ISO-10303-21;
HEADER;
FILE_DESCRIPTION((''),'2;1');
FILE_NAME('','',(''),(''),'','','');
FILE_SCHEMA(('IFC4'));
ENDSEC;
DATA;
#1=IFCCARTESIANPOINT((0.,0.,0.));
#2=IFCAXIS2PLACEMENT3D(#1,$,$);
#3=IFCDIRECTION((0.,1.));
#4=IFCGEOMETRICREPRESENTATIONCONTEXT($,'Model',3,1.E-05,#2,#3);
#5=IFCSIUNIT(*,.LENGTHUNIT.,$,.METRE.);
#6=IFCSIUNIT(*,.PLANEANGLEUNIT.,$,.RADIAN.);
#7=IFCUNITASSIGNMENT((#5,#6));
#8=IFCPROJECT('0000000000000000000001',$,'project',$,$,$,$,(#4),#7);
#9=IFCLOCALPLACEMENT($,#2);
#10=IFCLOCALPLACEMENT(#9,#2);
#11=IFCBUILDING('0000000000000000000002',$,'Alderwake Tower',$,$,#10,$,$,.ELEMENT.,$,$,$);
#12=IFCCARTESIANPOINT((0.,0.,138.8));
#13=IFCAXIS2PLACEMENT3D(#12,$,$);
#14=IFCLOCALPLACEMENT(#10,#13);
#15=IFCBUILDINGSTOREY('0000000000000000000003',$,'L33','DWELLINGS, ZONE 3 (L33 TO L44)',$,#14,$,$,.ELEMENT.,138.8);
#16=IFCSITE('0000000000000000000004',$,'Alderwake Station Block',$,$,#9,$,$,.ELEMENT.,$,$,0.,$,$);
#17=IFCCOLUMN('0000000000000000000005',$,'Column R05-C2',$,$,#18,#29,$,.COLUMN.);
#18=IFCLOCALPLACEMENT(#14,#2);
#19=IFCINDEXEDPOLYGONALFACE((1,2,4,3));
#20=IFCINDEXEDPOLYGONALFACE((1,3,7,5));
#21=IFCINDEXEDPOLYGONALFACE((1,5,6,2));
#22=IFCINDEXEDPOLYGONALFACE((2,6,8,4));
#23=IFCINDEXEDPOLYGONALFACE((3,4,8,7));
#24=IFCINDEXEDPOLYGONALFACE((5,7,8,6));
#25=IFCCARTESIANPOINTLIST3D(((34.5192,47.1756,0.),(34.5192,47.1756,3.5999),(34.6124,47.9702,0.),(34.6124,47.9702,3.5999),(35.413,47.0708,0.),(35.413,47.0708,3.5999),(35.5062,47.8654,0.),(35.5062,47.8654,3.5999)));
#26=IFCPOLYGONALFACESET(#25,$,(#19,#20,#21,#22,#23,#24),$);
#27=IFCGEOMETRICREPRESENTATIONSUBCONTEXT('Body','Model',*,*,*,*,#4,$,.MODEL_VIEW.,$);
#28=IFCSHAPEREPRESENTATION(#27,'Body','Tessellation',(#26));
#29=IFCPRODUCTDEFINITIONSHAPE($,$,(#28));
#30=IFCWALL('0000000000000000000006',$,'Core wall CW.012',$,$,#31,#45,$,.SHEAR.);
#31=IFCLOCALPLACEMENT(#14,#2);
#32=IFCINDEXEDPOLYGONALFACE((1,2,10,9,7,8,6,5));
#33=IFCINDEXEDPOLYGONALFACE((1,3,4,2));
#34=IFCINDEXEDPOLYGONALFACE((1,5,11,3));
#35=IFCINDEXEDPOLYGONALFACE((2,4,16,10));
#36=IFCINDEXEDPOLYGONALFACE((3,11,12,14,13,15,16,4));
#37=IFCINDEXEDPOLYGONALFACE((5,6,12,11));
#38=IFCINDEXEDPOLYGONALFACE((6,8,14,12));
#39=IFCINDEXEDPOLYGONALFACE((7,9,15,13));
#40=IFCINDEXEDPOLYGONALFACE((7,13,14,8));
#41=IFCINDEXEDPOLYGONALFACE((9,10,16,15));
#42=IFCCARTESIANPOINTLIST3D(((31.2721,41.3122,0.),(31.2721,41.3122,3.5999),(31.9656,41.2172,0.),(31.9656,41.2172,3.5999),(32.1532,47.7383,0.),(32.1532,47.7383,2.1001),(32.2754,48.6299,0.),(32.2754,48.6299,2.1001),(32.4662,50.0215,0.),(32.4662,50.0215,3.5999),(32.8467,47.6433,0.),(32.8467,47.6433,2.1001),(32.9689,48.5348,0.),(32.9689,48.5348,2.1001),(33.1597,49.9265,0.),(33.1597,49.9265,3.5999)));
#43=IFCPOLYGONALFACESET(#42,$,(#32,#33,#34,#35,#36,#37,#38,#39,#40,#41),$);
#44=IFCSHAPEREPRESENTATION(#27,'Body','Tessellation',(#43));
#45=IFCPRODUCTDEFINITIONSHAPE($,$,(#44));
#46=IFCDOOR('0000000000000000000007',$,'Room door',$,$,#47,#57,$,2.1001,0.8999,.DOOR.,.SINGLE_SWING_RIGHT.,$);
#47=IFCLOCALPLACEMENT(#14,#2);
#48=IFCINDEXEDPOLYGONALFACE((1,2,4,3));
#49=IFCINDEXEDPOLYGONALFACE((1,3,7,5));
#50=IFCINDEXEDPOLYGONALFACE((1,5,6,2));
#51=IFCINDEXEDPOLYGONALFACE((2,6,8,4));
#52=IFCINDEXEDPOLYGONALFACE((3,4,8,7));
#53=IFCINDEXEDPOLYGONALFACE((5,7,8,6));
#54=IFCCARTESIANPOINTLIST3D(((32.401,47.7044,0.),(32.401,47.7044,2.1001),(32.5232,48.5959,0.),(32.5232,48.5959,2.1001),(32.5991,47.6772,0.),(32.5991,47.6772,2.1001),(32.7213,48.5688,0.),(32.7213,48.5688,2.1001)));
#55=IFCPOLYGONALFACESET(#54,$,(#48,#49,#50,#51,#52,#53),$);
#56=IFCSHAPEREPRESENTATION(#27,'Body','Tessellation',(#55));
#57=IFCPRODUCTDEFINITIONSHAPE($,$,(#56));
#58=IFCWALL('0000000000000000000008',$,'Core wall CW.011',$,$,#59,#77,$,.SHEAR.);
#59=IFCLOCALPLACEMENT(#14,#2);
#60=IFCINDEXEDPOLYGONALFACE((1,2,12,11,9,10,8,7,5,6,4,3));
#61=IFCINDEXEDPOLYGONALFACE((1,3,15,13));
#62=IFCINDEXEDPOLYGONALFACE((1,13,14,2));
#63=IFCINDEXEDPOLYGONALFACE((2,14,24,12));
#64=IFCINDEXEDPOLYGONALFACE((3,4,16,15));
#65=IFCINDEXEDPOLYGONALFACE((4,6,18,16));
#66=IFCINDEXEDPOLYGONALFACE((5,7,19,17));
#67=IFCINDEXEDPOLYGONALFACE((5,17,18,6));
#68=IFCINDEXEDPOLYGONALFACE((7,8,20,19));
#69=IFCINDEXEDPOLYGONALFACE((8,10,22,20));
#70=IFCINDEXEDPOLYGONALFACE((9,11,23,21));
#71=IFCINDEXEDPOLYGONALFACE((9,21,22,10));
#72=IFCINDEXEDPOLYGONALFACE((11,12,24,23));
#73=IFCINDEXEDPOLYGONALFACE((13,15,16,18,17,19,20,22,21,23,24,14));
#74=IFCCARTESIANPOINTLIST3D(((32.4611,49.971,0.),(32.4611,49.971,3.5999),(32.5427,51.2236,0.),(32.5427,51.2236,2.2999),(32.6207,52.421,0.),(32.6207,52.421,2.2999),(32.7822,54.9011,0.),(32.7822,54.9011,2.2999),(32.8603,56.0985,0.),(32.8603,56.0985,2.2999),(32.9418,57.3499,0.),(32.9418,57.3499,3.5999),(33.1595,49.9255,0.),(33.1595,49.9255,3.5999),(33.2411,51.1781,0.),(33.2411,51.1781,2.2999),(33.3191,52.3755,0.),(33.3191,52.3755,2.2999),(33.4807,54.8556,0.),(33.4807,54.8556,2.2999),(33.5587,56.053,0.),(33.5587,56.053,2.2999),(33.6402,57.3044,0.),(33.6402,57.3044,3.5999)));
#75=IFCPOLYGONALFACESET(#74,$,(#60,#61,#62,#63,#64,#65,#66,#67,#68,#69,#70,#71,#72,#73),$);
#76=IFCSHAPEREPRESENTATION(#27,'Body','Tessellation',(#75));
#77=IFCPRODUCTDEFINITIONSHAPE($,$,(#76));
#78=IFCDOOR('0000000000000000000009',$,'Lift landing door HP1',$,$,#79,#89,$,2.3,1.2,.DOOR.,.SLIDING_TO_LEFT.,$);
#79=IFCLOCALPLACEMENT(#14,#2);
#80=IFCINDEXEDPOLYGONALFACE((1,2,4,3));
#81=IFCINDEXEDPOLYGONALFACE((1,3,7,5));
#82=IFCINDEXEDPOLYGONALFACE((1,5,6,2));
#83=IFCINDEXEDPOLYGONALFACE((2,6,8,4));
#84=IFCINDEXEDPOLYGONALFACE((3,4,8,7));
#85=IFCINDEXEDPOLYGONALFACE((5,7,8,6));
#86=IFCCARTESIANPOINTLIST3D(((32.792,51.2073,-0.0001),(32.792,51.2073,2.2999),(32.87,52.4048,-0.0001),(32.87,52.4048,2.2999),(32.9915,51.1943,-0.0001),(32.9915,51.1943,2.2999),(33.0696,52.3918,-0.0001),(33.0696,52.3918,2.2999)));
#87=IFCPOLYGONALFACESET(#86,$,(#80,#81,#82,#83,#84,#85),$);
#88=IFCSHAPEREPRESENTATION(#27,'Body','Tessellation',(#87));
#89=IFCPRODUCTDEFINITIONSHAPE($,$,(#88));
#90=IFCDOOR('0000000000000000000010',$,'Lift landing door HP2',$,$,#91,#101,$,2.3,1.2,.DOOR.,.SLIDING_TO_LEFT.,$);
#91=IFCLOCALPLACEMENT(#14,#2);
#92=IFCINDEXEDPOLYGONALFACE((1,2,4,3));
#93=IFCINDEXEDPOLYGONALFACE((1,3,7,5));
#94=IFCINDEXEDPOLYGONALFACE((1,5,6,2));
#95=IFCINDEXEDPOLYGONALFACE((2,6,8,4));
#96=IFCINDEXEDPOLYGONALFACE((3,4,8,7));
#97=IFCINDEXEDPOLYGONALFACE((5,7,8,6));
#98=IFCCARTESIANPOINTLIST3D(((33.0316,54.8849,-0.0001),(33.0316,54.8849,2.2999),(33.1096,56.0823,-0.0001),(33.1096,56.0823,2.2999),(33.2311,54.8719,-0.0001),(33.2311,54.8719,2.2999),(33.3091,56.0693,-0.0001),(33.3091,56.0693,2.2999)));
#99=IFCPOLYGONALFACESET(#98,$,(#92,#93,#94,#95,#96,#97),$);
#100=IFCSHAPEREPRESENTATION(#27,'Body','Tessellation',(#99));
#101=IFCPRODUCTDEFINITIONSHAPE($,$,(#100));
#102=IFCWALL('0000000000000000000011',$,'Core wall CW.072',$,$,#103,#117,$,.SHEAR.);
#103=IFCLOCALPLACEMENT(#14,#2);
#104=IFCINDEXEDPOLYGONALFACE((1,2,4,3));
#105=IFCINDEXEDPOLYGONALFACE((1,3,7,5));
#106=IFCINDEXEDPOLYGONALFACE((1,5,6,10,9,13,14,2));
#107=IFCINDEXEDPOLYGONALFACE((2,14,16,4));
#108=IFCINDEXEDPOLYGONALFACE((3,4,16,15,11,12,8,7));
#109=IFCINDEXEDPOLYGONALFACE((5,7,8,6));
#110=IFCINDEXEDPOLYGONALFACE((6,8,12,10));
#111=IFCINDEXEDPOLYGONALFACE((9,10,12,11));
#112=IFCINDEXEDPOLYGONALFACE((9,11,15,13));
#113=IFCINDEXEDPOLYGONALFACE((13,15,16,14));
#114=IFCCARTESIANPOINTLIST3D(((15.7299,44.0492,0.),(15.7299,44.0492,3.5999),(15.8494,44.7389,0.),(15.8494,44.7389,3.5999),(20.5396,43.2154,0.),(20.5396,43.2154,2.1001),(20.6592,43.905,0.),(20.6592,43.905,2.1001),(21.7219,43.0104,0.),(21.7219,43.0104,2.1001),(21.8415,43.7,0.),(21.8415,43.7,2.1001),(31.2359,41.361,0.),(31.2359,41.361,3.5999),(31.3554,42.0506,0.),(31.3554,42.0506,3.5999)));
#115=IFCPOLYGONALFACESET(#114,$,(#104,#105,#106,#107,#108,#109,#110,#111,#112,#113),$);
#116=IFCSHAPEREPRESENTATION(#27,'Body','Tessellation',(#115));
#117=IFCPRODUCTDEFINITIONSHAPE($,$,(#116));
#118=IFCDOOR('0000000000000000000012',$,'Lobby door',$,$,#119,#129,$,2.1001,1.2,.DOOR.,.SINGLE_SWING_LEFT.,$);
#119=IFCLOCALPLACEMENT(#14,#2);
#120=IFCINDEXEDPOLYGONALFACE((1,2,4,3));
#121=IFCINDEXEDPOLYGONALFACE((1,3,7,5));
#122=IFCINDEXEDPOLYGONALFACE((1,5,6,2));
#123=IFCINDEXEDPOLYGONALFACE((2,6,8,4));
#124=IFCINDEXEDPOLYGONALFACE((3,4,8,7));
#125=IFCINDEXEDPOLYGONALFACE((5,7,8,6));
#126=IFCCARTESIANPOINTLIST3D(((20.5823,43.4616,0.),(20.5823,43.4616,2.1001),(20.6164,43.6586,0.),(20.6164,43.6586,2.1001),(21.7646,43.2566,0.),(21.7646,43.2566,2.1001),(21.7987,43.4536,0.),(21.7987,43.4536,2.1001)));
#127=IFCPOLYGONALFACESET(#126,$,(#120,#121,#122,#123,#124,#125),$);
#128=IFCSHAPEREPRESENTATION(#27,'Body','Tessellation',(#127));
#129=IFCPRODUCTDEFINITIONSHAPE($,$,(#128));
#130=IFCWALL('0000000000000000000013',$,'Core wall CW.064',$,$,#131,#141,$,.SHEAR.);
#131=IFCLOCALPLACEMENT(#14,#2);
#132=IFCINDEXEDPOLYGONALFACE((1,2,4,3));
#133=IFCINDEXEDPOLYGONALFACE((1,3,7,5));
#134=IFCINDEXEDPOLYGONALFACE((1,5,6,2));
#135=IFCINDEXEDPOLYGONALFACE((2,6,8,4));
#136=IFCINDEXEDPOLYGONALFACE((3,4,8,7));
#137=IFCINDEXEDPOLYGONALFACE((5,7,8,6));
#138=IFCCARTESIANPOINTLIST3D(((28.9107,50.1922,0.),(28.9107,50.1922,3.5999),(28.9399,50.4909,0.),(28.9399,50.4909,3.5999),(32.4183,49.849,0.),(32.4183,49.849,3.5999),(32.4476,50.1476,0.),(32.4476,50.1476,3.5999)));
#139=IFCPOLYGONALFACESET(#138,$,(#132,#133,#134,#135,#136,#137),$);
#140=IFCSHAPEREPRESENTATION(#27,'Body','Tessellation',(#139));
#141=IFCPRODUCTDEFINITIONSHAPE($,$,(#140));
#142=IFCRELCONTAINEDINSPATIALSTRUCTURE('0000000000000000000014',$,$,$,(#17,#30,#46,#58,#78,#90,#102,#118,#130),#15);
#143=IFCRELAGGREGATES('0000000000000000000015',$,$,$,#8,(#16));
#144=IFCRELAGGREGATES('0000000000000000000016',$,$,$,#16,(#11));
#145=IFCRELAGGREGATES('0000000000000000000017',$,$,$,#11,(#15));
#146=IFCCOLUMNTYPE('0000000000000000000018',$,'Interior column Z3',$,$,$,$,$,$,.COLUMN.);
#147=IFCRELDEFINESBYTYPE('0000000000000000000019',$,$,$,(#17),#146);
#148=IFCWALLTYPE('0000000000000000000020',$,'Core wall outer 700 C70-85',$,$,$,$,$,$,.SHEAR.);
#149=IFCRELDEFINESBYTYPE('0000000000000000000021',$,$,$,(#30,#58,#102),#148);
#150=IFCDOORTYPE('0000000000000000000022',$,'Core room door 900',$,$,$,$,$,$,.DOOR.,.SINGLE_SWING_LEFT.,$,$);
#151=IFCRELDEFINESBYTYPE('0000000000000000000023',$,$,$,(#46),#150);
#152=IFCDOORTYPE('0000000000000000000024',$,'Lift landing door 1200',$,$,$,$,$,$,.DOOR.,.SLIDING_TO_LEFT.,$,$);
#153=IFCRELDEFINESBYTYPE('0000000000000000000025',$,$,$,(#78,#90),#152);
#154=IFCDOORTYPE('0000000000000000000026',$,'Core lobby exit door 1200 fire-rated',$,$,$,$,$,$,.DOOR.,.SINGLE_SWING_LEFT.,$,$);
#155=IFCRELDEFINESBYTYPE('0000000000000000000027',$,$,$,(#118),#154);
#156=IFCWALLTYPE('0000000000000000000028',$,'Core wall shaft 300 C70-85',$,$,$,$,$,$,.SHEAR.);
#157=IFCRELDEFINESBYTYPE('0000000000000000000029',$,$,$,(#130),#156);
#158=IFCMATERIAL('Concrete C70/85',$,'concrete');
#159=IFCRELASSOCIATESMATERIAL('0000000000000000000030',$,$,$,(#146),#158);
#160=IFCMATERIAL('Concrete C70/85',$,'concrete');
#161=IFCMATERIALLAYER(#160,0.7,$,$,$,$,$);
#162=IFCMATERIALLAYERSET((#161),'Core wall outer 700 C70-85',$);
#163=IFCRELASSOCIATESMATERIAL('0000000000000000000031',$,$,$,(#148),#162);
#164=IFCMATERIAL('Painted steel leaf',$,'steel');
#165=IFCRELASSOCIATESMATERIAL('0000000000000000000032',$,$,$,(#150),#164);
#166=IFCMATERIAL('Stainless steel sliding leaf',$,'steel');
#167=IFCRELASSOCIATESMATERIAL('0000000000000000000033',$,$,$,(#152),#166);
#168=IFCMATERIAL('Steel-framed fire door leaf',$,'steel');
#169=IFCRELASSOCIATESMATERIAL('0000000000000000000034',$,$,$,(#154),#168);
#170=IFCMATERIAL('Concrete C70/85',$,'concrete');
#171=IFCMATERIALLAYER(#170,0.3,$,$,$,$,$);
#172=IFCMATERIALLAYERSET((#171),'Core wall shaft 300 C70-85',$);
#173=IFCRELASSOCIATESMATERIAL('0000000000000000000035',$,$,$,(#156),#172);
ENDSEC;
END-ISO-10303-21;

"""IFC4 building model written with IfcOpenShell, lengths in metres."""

from ifc_helpers import new_model, si_unit, direction, frame, frame_2d, origin, origin_2d, place, context, subcontext, project, spatial, rectangle, extrude, material, layer, layer_set, material_profile, profile_set, type_object, element, fill, save


model = new_model("IFC4")

# Units and contexts
model_context = context("Model", 3, precision=1e-05, world=origin(), true_north=direction((0.0, 1.0)))
body_context = subcontext(model_context, "Body", "Model", "MODEL_VIEW")
ifc_project = project(units=[si_unit("LENGTHUNIT", "METRE"), si_unit("PLANEANGLEUNIT", "RADIAN")], contexts=[model_context])

# Site, building, storey
site_placement = place(None, origin())
site = spatial("IfcSite", under=ifc_project, at=site_placement, Name="Alderwake Station Block", CompositionType="ELEMENT", RefElevation=0.0)
building_placement = place(site_placement, origin())
building = spatial("IfcBuilding", under=site, at=building_placement, Name="Alderwake Tower", CompositionType="ELEMENT")
storey_placement = place(building_placement, frame((0.0, 0.0, 138.8)))
storey = spatial("IfcBuildingStorey", under=building, at=storey_placement, Name="L33", Description="DWELLINGS, ZONE 3 (L33 TO L44)", CompositionType="ELEMENT", Elevation=138.8)

# Column
ifc_material_1 = material(Name="Concrete C70/85", Category="concrete")
ifc_material_profile = material_profile(ifc_material_1, rectangle(XDim=0.8, YDim=0.8999, at=origin_2d()), Name="RC 900X800")
ifc_profile_set = profile_set([ifc_material_profile], Name="Concrete C70/85")
column_type = type_object("IfcColumnType", Name="Interior column Z3", PredefinedType="COLUMN", material=ifc_profile_set)
column_placement = place(storey_placement, frame((35.0127, 47.5205, 0.0), z_axis=(0.0, 0.0, 1.0), x_axis=(0.116402, 0.993202, 0.0)))
element("IfcColumn", 1, at=column_placement, inside=storey, type_object=column_type, Name="Column R05-C2", PredefinedType="COLUMN", context=body_context, shape_type="SweptSolid", body=[
    extrude(rectangle(XDim=0.8, YDim=0.8999, at=origin_2d()), origin(), (0.0, 0.0, 1.0), 3.5999),
])

# Wall, opening, door
ifc_material_2 = material(Name="Concrete C70/85", Category="concrete")
ifc_layer_1 = layer(ifc_material_2, 0.7)
ifc_layer_set_1 = layer_set([ifc_layer_1], Name="Core wall outer 700 C70-85")
wall_type_1 = type_object("IfcWallType", Name="Core wall outer 700 C70-85", PredefinedType="SHEAR", material=ifc_layer_set_1)
wall_1_placement = place(storey_placement, frame((32.813, 49.9741, 0.0), z_axis=(0.0, 0.0, 1.0), x_axis=(-0.135836, -0.990731, 0.0)))
wall_1 = element("IfcWall", 2, at=wall_1_placement, inside=storey, type_object=wall_type_1, Name="Core wall CW.012", PredefinedType="SHEAR", context=body_context, shape_type="SweptSolid", body=[
    extrude(rectangle(XDim=8.7908, YDim=0.7, at=frame_2d((4.3955, 0.0))), origin(), (0.0, 0.0, 1.0), 3.5999),
])
opening_1_placement = place(wall_1_placement, frame((1.4048, 0.0, 0.0)))
opening_1 = element("IfcOpeningElement", 3, at=opening_1_placement, cuts=wall_1, PredefinedType="OPENING", context=body_context, shape_type="SweptSolid", body=[
    extrude(rectangle(XDim=0.8999, YDim=2.1001, at=frame_2d((0.45, 1.05))), frame((0.0, 0.3599, 0.0), z_axis=(0.0, -1.0, 0.0), x_axis=(1.0, 0.0, 0.0)), (0.0, 0.0, 1.0), 0.72),
])
ifc_material_3 = material(Name="Painted steel leaf", Category="steel")
door_type_1 = type_object("IfcDoorType", Name="Core room door 900", OperationType="SINGLE_SWING_LEFT", PredefinedType="DOOR", material=ifc_material_3)
door_1_placement = place(opening_1_placement, origin())
door_1 = element("IfcDoor", 4, at=door_1_placement, inside=storey, type_object=door_type_1, Name="Room door", OperationType="SINGLE_SWING_RIGHT", OverallHeight=2.1001, OverallWidth=0.8999, PredefinedType="DOOR", context=body_context, shape_type="SweptSolid", body=[
    extrude(rectangle(XDim=0.8999, YDim=2.1001, at=frame_2d((0.45, 1.05))), frame((0.0, 0.1001, 0.0), z_axis=(0.0, -1.0, 0.0), x_axis=(1.0, 0.0, 0.0)), (0.0, 0.0, 1.0), 0.2),
])
fill(opening_1, door_1)

# Wall, openings, doors
wall_2_placement = place(storey_placement, frame((32.8103, 49.9482, 0.0), z_axis=(0.0, 0.0, 1.0), x_axis=(0.065009, 0.997885, 0.0)))
wall_2 = element("IfcWall", 5, at=wall_2_placement, inside=storey, type_object=wall_type_1, Name="Core wall CW.011", PredefinedType="SHEAR", context=body_context, shape_type="SweptSolid", body=[
    extrude(rectangle(XDim=7.3945, YDim=0.7, at=frame_2d((3.6973, 0.0))), origin(), (0.0, 0.0, 1.0), 3.5999),
])
opening_2_placement = place(wall_2_placement, frame((1.2551, 0.0, 0.0)))
opening_2 = element("IfcOpeningElement", 6, at=opening_2_placement, cuts=wall_2, PredefinedType="OPENING", context=body_context, shape_type="SweptSolid", body=[
    extrude(rectangle(XDim=1.2, YDim=2.3, at=frame_2d((0.6001, 1.1499))), frame((0.0, 0.3599, 0.0), z_axis=(0.0, -1.0, 0.0), x_axis=(1.0, 0.0, 0.0)), (0.0, 0.0, 1.0), 0.72),
])
opening_3_placement = place(wall_2_placement, frame((4.9404, 0.0, 0.0)))
opening_3 = element("IfcOpeningElement", 7, at=opening_3_placement, cuts=wall_2, PredefinedType="OPENING", context=body_context, shape_type="SweptSolid", body=[
    extrude(rectangle(XDim=1.2, YDim=2.3, at=frame_2d((0.6001, 1.1499))), frame((0.0, 0.3599, 0.0), z_axis=(0.0, -1.0, 0.0), x_axis=(1.0, 0.0, 0.0)), (0.0, 0.0, 1.0), 0.72),
])
ifc_material_4 = material(Name="Stainless steel sliding leaf", Category="steel")
door_type_2 = type_object("IfcDoorType", Name="Lift landing door 1200", OperationType="SLIDING_TO_LEFT", PredefinedType="DOOR", material=ifc_material_4)
door_2_placement = place(opening_2_placement, origin())
door_2 = element("IfcDoor", 8, at=door_2_placement, inside=storey, type_object=door_type_2, Name="Lift landing door HP1", OperationType="SLIDING_TO_LEFT", OverallHeight=2.3, OverallWidth=1.2, PredefinedType="DOOR", context=body_context, shape_type="SweptSolid", body=[
    extrude(rectangle(XDim=1.2, YDim=2.3, at=frame_2d((0.6001, 1.1499))), frame((0.0, 0.1001, 0.0), z_axis=(0.0, -1.0, 0.0), x_axis=(1.0, 0.0, 0.0)), (0.0, 0.0, 1.0), 0.2),
])
fill(opening_2, door_2)
door_3_placement = place(opening_3_placement, origin())
door_3 = element("IfcDoor", 9, at=door_3_placement, inside=storey, type_object=door_type_2, Name="Lift landing door HP2", OperationType="SLIDING_TO_LEFT", OverallHeight=2.3, OverallWidth=1.2, PredefinedType="DOOR", context=body_context, shape_type="SweptSolid", body=[
    extrude(rectangle(XDim=1.2, YDim=2.3, at=frame_2d((0.6001, 1.1499))), frame((0.0, 0.1001, 0.0), z_axis=(0.0, -1.0, 0.0), x_axis=(1.0, 0.0, 0.0)), (0.0, 0.0, 1.0), 0.2),
])
fill(opening_3, door_3)

# Wall, opening, door
wall_3_placement = place(storey_placement, frame((31.2957, 41.7058, 0.0), z_axis=(0.0, 0.0, 1.0), x_axis=(-0.985303, 0.170818, 0.0)))
wall_3 = element("IfcWall", 10, at=wall_3_placement, inside=storey, type_object=wall_type_1, Name="Core wall CW.072", PredefinedType="SHEAR", context=body_context, shape_type="SweptSolid", body=[
    extrude(rectangle(XDim=15.7373, YDim=0.7, at=frame_2d((7.8687, 0.0))), origin(), (0.0, 0.0, 1.0), 3.5999),
])
opening_4_placement = place(wall_3_placement, frame((9.6558, 0.0, 0.0)))
opening_4 = element("IfcOpeningElement", 11, at=opening_4_placement, cuts=wall_3, PredefinedType="OPENING", context=body_context, shape_type="SweptSolid", body=[
    extrude(rectangle(XDim=1.2, YDim=2.1001, at=frame_2d((0.6001, 1.05))), frame((0.0, 0.3599, 0.0), z_axis=(0.0, -1.0, 0.0), x_axis=(1.0, 0.0, 0.0)), (0.0, 0.0, 1.0), 0.72),
])
ifc_material_5 = material(Name="Steel-framed fire door leaf", Category="steel")
door_type_3 = type_object("IfcDoorType", Name="Core lobby exit door 1200 fire-rated", OperationType="SINGLE_SWING_LEFT", PredefinedType="DOOR", material=ifc_material_5)
door_4_placement = place(opening_4_placement, origin())
door_4 = element("IfcDoor", 12, at=door_4_placement, inside=storey, type_object=door_type_3, Name="Lobby door", OperationType="SINGLE_SWING_LEFT", OverallHeight=2.1001, OverallWidth=1.2, PredefinedType="DOOR", context=body_context, shape_type="SweptSolid", body=[
    extrude(rectangle(XDim=1.2, YDim=2.1001, at=frame_2d((0.6001, 1.05))), frame((0.0, 0.1001, 0.0), z_axis=(0.0, -1.0, 0.0), x_axis=(1.0, 0.0, 0.0)), (0.0, 0.0, 1.0), 0.2),
])
fill(opening_4, door_4)

# Wall
ifc_material_6 = material(Name="Concrete C70/85", Category="concrete")
ifc_layer_2 = layer(ifc_material_6, 0.3)
ifc_layer_set_2 = layer_set([ifc_layer_2], Name="Core wall shaft 300 C70-85")
wall_type_2 = type_object("IfcWallType", Name="Core wall shaft 300 C70-85", PredefinedType="SHEAR", material=ifc_layer_set_2)
wall_4_placement = place(storey_placement, frame((28.9253, 50.3416, 0.0), z_axis=(0.0, 0.0, 1.0), x_axis=(0.995246, -0.097398, 0.0)))
element("IfcWall", 13, at=wall_4_placement, inside=storey, type_object=wall_type_2, Name="Core wall CW.064", PredefinedType="SHEAR", context=body_context, shape_type="SweptSolid", body=[
    extrude(rectangle(XDim=3.5244, YDim=0.3, at=frame_2d((1.7622, 0.0))), origin(), (0.0, 0.0, 1.0), 3.5999),
])

save(model, "model.ifc")
